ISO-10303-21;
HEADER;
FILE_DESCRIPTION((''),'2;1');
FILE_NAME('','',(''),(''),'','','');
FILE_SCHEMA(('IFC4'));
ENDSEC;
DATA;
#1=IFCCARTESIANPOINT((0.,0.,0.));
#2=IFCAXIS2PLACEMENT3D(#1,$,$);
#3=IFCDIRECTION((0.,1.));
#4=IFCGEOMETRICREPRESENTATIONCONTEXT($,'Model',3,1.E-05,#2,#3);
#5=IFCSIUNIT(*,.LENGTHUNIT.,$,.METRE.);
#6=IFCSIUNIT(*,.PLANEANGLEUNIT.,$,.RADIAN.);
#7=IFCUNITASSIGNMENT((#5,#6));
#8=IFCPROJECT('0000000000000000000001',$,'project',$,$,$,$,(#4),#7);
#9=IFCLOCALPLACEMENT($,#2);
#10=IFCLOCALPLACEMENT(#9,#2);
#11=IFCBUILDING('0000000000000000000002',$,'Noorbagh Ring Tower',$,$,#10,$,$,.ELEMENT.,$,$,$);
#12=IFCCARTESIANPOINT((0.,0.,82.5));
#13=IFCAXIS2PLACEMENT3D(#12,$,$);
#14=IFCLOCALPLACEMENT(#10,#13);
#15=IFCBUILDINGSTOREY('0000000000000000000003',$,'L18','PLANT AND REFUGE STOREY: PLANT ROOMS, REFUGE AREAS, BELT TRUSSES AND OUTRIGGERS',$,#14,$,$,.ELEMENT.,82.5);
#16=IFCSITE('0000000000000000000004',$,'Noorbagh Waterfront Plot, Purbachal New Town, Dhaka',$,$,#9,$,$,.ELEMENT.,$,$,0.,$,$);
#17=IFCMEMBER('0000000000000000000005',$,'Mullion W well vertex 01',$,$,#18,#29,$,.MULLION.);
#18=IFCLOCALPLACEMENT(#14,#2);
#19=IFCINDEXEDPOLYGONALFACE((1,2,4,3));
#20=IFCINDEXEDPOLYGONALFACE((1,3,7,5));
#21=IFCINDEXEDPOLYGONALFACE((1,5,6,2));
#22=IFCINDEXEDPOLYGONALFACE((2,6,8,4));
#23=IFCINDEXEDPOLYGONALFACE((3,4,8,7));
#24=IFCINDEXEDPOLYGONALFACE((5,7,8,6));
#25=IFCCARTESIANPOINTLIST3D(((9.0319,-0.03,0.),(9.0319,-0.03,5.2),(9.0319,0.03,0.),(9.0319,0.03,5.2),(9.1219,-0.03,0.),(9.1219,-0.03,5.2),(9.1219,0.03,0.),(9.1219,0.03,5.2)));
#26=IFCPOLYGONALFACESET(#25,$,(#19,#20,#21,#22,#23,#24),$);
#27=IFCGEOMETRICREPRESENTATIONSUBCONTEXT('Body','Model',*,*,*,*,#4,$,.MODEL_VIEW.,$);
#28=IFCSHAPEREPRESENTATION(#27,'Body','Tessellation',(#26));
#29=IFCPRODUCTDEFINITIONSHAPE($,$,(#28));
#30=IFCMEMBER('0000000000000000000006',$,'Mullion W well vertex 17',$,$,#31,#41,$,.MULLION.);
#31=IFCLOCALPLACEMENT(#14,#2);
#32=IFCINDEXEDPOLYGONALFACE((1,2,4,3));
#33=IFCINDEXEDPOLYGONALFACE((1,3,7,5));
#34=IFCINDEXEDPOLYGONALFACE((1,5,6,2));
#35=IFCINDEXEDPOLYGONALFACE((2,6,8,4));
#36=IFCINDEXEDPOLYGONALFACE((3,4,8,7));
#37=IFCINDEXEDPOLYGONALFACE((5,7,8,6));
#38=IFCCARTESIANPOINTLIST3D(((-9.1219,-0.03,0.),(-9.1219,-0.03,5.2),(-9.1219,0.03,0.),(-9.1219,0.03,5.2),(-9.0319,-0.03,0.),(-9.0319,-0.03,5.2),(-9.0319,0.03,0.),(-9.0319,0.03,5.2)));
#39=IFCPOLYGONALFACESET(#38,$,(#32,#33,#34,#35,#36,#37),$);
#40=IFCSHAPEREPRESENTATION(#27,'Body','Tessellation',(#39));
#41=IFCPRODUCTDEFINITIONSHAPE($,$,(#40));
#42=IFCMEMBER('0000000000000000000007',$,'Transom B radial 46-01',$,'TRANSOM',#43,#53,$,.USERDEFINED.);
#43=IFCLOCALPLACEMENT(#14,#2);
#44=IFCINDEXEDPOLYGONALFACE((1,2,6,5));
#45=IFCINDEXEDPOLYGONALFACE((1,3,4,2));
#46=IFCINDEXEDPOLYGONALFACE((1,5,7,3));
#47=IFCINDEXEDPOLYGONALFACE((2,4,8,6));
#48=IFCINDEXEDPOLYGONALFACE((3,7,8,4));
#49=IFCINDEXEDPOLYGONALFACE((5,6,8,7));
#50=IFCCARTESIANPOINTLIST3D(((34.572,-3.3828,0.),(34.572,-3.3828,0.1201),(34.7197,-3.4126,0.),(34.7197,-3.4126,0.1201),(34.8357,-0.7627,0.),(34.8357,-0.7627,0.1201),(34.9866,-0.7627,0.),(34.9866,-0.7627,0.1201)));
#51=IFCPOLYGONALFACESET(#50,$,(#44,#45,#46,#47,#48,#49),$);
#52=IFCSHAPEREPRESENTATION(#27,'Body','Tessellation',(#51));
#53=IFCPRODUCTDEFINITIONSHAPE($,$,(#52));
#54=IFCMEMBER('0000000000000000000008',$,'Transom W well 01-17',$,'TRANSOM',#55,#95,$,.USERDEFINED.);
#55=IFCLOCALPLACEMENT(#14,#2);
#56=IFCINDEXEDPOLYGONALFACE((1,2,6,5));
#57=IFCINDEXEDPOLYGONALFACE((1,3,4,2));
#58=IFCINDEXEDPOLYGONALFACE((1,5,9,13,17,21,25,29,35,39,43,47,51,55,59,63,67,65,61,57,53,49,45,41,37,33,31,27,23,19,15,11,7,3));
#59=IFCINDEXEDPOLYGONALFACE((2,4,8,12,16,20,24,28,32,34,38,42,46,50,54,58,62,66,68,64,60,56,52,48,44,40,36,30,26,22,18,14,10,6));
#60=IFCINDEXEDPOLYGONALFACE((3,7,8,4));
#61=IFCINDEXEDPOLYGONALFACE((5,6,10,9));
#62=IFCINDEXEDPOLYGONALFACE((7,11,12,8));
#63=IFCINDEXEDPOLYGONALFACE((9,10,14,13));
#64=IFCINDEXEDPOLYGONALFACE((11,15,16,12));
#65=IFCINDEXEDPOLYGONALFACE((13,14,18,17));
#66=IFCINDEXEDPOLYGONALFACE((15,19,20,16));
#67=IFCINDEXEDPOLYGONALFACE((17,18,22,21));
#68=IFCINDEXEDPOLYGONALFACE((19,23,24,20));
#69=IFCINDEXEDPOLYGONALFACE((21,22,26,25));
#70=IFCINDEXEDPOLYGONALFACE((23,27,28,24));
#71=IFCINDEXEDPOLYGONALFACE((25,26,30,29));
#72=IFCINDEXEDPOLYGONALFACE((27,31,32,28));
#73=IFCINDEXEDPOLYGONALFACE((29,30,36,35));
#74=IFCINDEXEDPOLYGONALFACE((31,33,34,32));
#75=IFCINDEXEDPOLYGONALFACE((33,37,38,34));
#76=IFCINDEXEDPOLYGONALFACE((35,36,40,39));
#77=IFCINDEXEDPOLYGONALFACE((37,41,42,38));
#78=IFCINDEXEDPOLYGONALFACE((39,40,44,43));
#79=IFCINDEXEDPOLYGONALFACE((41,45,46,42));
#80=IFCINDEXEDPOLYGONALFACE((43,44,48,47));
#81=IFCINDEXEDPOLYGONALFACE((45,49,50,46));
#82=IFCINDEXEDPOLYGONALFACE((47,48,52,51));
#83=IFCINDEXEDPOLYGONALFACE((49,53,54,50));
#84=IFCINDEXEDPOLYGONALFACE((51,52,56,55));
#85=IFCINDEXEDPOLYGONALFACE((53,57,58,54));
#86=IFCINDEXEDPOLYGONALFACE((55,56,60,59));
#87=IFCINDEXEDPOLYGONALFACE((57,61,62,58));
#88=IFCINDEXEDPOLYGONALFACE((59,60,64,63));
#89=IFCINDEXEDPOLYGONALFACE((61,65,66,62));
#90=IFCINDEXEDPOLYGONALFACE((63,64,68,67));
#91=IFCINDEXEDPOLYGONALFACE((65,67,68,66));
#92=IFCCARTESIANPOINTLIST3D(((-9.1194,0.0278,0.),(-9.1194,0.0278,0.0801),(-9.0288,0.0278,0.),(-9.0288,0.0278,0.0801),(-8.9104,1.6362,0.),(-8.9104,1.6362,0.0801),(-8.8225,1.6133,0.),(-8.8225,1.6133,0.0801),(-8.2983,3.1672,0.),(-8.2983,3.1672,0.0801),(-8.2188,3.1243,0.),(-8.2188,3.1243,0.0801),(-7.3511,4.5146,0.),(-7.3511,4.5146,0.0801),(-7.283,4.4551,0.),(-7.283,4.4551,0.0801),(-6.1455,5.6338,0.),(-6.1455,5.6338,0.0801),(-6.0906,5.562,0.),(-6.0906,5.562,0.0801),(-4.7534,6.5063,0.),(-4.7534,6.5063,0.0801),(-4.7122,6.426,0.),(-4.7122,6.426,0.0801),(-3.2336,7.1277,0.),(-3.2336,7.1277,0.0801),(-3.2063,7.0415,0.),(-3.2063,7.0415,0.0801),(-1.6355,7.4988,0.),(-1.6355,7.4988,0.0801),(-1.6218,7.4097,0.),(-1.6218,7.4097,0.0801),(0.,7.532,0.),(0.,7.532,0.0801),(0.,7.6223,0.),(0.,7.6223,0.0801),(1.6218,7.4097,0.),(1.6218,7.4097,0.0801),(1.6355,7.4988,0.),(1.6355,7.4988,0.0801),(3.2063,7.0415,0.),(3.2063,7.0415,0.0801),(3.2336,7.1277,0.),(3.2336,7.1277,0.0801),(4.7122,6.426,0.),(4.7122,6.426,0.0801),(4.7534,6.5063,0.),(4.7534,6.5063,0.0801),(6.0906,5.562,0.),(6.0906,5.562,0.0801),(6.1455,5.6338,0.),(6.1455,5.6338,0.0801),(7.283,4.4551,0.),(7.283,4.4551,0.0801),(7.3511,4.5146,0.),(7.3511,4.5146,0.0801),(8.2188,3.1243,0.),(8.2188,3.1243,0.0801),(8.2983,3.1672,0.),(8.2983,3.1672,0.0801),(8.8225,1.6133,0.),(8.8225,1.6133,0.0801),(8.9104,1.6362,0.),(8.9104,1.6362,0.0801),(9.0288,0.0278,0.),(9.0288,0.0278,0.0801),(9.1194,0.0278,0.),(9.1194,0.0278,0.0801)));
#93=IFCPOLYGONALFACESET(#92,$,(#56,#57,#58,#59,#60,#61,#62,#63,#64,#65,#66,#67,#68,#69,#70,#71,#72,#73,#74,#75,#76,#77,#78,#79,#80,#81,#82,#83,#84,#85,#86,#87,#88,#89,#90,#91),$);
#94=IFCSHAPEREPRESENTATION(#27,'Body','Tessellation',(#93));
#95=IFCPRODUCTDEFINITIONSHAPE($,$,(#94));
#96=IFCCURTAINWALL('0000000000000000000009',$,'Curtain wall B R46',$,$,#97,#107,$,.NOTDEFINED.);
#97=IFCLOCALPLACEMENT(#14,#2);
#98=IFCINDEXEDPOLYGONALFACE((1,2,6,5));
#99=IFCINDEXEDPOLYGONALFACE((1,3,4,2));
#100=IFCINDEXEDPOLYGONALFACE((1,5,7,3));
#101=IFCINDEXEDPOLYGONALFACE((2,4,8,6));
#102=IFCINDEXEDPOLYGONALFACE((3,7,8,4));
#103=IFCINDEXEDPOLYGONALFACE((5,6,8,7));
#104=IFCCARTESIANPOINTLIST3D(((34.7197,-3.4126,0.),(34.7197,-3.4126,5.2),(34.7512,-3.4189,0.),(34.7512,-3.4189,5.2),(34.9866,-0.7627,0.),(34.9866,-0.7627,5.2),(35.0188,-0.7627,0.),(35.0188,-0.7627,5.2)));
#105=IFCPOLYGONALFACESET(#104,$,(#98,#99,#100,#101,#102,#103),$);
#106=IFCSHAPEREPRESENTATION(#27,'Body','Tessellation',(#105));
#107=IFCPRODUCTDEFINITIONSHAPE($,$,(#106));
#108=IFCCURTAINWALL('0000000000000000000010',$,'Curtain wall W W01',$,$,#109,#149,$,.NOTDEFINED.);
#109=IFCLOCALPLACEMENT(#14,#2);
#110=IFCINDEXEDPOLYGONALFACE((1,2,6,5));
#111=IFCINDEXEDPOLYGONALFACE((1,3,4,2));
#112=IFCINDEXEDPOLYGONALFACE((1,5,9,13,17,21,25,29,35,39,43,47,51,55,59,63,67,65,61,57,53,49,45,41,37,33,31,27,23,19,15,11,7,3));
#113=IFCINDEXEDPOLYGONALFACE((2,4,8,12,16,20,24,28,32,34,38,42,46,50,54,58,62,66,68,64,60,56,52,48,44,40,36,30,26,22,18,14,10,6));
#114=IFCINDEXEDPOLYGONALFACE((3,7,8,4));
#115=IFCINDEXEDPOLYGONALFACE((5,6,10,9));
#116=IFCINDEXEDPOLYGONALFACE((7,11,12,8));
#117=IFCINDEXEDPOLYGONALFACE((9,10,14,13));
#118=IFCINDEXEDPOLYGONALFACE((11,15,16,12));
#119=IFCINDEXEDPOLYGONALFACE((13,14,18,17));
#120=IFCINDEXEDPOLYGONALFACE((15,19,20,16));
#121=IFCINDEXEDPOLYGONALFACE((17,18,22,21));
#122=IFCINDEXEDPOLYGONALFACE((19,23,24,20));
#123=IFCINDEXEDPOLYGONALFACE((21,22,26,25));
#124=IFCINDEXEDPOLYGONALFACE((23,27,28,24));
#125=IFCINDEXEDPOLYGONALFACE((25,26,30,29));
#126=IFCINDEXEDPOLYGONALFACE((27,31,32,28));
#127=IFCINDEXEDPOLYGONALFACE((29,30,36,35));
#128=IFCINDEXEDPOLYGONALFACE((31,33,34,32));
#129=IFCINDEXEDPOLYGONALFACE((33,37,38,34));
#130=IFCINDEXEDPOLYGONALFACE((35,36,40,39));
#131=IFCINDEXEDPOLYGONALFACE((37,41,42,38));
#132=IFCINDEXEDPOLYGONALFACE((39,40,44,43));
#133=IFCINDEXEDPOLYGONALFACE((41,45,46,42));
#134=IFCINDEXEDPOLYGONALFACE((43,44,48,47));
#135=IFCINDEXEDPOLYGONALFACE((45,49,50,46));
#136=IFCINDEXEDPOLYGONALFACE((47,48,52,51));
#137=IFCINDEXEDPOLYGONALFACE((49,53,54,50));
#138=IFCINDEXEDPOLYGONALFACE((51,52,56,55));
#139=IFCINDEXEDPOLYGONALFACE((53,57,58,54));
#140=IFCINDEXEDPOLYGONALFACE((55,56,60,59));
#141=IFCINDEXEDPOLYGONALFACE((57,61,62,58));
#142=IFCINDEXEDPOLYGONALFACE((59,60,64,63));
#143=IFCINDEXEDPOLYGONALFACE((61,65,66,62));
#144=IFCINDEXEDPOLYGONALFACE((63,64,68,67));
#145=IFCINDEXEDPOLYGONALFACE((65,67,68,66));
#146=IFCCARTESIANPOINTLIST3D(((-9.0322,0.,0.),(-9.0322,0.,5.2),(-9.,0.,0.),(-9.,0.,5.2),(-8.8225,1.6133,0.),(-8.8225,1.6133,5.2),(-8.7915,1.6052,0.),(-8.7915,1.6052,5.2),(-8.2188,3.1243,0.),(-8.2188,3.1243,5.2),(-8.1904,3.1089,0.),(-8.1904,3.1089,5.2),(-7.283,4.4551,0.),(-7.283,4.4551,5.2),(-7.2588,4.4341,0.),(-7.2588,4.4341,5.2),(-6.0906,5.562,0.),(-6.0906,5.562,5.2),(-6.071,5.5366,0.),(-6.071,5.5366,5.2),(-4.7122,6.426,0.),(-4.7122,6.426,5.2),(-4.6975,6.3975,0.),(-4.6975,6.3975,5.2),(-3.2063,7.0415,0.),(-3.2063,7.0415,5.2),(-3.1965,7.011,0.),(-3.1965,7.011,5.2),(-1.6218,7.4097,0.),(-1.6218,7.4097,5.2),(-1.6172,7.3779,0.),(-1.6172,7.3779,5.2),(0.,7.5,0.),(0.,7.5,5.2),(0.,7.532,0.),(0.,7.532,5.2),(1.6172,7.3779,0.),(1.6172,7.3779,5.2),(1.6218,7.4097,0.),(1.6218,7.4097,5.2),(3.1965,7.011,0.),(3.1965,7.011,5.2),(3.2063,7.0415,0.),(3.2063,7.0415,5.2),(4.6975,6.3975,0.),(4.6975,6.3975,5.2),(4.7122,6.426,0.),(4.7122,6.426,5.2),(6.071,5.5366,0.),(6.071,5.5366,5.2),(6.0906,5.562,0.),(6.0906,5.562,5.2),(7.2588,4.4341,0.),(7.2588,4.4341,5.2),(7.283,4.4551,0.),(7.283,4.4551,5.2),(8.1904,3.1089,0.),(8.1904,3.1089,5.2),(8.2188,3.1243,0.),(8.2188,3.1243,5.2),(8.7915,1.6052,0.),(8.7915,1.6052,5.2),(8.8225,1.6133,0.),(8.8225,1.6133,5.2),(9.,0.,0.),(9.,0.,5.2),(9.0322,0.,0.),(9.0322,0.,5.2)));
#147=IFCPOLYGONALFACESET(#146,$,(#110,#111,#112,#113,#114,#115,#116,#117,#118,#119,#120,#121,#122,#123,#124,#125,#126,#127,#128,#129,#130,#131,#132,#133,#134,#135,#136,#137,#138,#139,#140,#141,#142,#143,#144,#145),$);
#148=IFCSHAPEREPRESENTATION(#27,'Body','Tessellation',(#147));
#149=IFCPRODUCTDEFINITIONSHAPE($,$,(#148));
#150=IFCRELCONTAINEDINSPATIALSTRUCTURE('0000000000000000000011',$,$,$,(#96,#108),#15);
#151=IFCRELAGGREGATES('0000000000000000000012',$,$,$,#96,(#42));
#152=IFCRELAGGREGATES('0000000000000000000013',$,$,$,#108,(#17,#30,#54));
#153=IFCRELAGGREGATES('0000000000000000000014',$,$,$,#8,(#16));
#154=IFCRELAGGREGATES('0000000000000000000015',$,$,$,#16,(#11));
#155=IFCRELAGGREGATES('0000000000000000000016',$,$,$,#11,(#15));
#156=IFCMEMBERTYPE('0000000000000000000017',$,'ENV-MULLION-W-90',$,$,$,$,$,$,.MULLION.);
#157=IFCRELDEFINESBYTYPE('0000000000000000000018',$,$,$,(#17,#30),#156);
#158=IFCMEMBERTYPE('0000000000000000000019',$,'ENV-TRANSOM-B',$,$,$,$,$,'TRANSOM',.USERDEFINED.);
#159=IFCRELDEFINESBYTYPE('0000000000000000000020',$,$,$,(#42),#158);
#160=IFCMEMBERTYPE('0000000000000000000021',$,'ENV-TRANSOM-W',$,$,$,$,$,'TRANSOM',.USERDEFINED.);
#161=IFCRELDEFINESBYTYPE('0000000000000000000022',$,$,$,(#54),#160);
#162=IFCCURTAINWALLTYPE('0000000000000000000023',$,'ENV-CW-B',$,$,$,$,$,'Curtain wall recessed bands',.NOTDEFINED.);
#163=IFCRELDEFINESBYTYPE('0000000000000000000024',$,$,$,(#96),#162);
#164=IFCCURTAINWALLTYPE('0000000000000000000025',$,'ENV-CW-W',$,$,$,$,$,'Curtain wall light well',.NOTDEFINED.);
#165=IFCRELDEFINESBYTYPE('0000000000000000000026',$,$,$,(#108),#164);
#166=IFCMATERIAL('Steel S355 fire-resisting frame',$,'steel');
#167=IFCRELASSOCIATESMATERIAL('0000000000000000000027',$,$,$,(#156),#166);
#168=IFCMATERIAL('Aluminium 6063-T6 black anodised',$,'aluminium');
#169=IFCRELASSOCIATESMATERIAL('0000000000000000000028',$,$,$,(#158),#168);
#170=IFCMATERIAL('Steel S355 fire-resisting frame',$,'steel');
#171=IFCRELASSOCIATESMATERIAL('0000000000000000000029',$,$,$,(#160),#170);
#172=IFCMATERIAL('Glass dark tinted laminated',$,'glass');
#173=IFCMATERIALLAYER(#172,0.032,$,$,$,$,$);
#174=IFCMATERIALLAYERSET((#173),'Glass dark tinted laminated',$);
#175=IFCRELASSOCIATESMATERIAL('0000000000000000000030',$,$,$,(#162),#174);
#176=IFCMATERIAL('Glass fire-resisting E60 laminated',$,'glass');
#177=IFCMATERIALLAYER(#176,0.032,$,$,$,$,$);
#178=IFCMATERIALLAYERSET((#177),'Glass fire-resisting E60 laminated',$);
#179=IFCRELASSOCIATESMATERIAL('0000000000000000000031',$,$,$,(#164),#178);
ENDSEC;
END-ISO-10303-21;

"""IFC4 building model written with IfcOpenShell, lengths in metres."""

from ifc_helpers import new_model, si_unit, direction, frame, origin, origin_2d, place, context, subcontext, project, spatial, polyline, rectangle, outline, extrude, material, layer, layer_set, material_profile, profile_set, type_object, element, aggregate, save


model = new_model("IFC4")

# Units and contexts
model_context = context("Model", 3, precision=1e-05, world=origin(), true_north=direction((0.0, 1.0)))
body_context = subcontext(model_context, "Body", "Model", "MODEL_VIEW")
ifc_project = project(units=[si_unit("LENGTHUNIT", "METRE"), si_unit("PLANEANGLEUNIT", "RADIAN")], contexts=[model_context])

# Members
site_placement = place(None, origin())
building_placement = place(site_placement, origin())
storey_placement = place(building_placement, frame((0.0, 0.0, 82.5)))
ifc_material_1 = material(Name="Steel S355 fire-resisting frame", Category="steel")
ifc_material_profile_1 = material_profile(ifc_material_1, rectangle(XDim=0.0901, YDim=0.0601, at=origin_2d()), Name="90x60")
ifc_profile_set_1 = profile_set([ifc_material_profile_1], Name="Steel S355 fire-resisting frame")
member_type_1 = type_object("IfcMemberType", Name="ENV-MULLION-W-90", PredefinedType="MULLION", material=ifc_profile_set_1)
member_1_placement = place(storey_placement, frame((9.0769, 0.0, 0.0), z_axis=(0.0, 0.0, 1.0), x_axis=(1.0, 0.0, 0.0)))
member_1 = element("IfcMember", 1, at=member_1_placement, type_object=member_type_1, Name="Mullion W well vertex 01", PredefinedType="MULLION", context=body_context, shape_type="SweptSolid", body=[
    extrude(rectangle(XDim=0.0901, YDim=0.0601, at=origin_2d()), origin(), (0.0, 0.0, 1.0), 5.2),
])
member_2_placement = place(storey_placement, frame((-9.0769, 0.0, 0.0), z_axis=(0.0, 0.0, 1.0), x_axis=(-1.0, 0.0, 0.0)))
member_2 = element("IfcMember", 2, at=member_2_placement, type_object=member_type_1, Name="Mullion W well vertex 17", PredefinedType="MULLION", context=body_context, shape_type="SweptSolid", body=[
    extrude(rectangle(XDim=0.0901, YDim=0.0601, at=origin_2d()), origin(), (0.0, 0.0, 1.0), 5.2),
])
ifc_material_2 = material(Name="Aluminium 6063-T6 black anodised", Category="aluminium")
member_type_2 = type_object("IfcMemberType", Name="ENV-TRANSOM-B", ElementType="TRANSOM", PredefinedType="USERDEFINED", material=ifc_material_2)
member_3_placement = place(storey_placement, origin())
member_3 = element("IfcMember", 3, at=member_3_placement, type_object=member_type_2, Name="Transom B radial 46-01", ObjectType="TRANSOM", PredefinedType="USERDEFINED", context=body_context, shape_type="SweptSolid", body=[
    extrude(outline(polyline([(34.7197, -3.4126), (34.9866, -0.7627), (34.8357, -0.7627), (34.572, -3.3828), (34.7197, -3.4126)])), origin(), (0.0, 0.0, 1.0), 0.1201),
])
ifc_material_3 = material(Name="Steel S355 fire-resisting frame", Category="steel")
member_type_3 = type_object("IfcMemberType", Name="ENV-TRANSOM-W", ElementType="TRANSOM", PredefinedType="USERDEFINED", material=ifc_material_3)
member_4_placement = place(storey_placement, origin())
member_4 = element("IfcMember", 4, at=member_4_placement, type_object=member_type_3, Name="Transom W well 01-17", ObjectType="TRANSOM", PredefinedType="USERDEFINED", context=body_context, shape_type="SweptSolid", body=[
    extrude(outline(polyline([(9.1194, 0.0278), (8.9104, 1.6362), (8.2983, 3.1672), (7.3511, 4.5146), (6.1455, 5.6338), (4.7534, 6.5063), (3.2336, 7.1277), (1.6355, 7.4988), (0.0, 7.6223), (-1.6355, 7.4988), (-3.2336, 7.1277), (-4.7534, 6.5063), (-6.1455, 5.6338), (-7.3511, 4.5146), (-8.2983, 3.1672), (-8.9104, 1.6362), (-9.1194, 0.0278), (-9.0288, 0.0278), (-8.8225, 1.6133), (-8.2188, 3.1243), (-7.283, 4.4551), (-6.0906, 5.562), (-4.7122, 6.426), (-3.2063, 7.0415), (-1.6218, 7.4097), (0.0, 7.532), (1.6218, 7.4097), (3.2063, 7.0415), (4.7122, 6.426), (6.0906, 5.562), (7.283, 4.4551), (8.2188, 3.1243), (8.8225, 1.6133), (9.0288, 0.0278), (9.1194, 0.0278)])), origin(), (0.0, 0.0, 1.0), 0.0801),
])

# Site, building, storey
site = spatial("IfcSite", under=ifc_project, at=site_placement, Name="Noorbagh Waterfront Plot, Purbachal New Town, Dhaka", CompositionType="ELEMENT", RefElevation=0.0)
building = spatial("IfcBuilding", under=site, at=building_placement, Name="Noorbagh Ring Tower", CompositionType="ELEMENT")
storey = spatial("IfcBuildingStorey", under=building, at=storey_placement, Name="L18", Description="PLANT AND REFUGE STOREY: PLANT ROOMS, REFUGE AREAS, BELT TRUSSES AND OUTRIGGERS", CompositionType="ELEMENT", Elevation=82.5)

# Curtain walls
ifc_material_4 = material(Name="Glass dark tinted laminated", Category="glass")
ifc_layer_1 = layer(ifc_material_4, 0.032)
ifc_layer_set_1 = layer_set([ifc_layer_1], Name="Glass dark tinted laminated")
curtain_wall_type_1 = type_object("IfcCurtainWallType", Name="ENV-CW-B", ElementType="Curtain wall recessed bands", PredefinedType="NOTDEFINED", material=ifc_layer_set_1)
curtain_wall_1_placement = place(storey_placement, origin())
curtain_wall_1 = element("IfcCurtainWall", 5, at=curtain_wall_1_placement, inside=storey, type_object=curtain_wall_type_1, Name="Curtain wall B R46", PredefinedType="NOTDEFINED", context=body_context, shape_type="SweptSolid", body=[
    extrude(outline(polyline([(34.7512, -3.4189), (35.0188, -0.7627), (34.9866, -0.7627), (34.7197, -3.4126), (34.7512, -3.4189)])), origin(), (0.0, 0.0, 1.0), 5.2),
])
aggregate(curtain_wall_1, [member_3])
ifc_material_5 = material(Name="Glass fire-resisting E60 laminated", Category="glass")
ifc_layer_2 = layer(ifc_material_5, 0.032)
ifc_layer_set_2 = layer_set([ifc_layer_2], Name="Glass fire-resisting E60 laminated")
curtain_wall_type_2 = type_object("IfcCurtainWallType", Name="ENV-CW-W", ElementType="Curtain wall light well", PredefinedType="NOTDEFINED", material=ifc_layer_set_2)
curtain_wall_2_placement = place(storey_placement, origin())
curtain_wall_2 = element("IfcCurtainWall", 6, at=curtain_wall_2_placement, inside=storey, type_object=curtain_wall_type_2, Name="Curtain wall W W01", PredefinedType="NOTDEFINED", context=body_context, shape_type="SweptSolid", body=[
    extrude(outline(polyline([(9.0322, 0.0), (8.8225, 1.6133), (8.2188, 3.1243), (7.283, 4.4551), (6.0906, 5.562), (4.7122, 6.426), (3.2063, 7.0415), (1.6218, 7.4097), (0.0, 7.532), (-1.6218, 7.4097), (-3.2063, 7.0415), (-4.7122, 6.426), (-6.0906, 5.562), (-7.283, 4.4551), (-8.2188, 3.1243), (-8.8225, 1.6133), (-9.0322, 0.0), (-9.0, 0.0), (-8.7915, 1.6052), (-8.1904, 3.1089), (-7.2588, 4.4341), (-6.071, 5.5366), (-4.6975, 6.3975), (-3.1965, 7.011), (-1.6172, 7.3779), (0.0, 7.5), (1.6172, 7.3779), (3.1965, 7.011), (4.6975, 6.3975), (6.071, 5.5366), (7.2588, 4.4341), (8.1904, 3.1089), (8.7915, 1.6052), (9.0, 0.0), (9.0322, 0.0)])), origin(), (0.0, 0.0, 1.0), 5.2),
])
aggregate(curtain_wall_2, [member_1, member_2, member_4])

save(model, "model.ifc")
